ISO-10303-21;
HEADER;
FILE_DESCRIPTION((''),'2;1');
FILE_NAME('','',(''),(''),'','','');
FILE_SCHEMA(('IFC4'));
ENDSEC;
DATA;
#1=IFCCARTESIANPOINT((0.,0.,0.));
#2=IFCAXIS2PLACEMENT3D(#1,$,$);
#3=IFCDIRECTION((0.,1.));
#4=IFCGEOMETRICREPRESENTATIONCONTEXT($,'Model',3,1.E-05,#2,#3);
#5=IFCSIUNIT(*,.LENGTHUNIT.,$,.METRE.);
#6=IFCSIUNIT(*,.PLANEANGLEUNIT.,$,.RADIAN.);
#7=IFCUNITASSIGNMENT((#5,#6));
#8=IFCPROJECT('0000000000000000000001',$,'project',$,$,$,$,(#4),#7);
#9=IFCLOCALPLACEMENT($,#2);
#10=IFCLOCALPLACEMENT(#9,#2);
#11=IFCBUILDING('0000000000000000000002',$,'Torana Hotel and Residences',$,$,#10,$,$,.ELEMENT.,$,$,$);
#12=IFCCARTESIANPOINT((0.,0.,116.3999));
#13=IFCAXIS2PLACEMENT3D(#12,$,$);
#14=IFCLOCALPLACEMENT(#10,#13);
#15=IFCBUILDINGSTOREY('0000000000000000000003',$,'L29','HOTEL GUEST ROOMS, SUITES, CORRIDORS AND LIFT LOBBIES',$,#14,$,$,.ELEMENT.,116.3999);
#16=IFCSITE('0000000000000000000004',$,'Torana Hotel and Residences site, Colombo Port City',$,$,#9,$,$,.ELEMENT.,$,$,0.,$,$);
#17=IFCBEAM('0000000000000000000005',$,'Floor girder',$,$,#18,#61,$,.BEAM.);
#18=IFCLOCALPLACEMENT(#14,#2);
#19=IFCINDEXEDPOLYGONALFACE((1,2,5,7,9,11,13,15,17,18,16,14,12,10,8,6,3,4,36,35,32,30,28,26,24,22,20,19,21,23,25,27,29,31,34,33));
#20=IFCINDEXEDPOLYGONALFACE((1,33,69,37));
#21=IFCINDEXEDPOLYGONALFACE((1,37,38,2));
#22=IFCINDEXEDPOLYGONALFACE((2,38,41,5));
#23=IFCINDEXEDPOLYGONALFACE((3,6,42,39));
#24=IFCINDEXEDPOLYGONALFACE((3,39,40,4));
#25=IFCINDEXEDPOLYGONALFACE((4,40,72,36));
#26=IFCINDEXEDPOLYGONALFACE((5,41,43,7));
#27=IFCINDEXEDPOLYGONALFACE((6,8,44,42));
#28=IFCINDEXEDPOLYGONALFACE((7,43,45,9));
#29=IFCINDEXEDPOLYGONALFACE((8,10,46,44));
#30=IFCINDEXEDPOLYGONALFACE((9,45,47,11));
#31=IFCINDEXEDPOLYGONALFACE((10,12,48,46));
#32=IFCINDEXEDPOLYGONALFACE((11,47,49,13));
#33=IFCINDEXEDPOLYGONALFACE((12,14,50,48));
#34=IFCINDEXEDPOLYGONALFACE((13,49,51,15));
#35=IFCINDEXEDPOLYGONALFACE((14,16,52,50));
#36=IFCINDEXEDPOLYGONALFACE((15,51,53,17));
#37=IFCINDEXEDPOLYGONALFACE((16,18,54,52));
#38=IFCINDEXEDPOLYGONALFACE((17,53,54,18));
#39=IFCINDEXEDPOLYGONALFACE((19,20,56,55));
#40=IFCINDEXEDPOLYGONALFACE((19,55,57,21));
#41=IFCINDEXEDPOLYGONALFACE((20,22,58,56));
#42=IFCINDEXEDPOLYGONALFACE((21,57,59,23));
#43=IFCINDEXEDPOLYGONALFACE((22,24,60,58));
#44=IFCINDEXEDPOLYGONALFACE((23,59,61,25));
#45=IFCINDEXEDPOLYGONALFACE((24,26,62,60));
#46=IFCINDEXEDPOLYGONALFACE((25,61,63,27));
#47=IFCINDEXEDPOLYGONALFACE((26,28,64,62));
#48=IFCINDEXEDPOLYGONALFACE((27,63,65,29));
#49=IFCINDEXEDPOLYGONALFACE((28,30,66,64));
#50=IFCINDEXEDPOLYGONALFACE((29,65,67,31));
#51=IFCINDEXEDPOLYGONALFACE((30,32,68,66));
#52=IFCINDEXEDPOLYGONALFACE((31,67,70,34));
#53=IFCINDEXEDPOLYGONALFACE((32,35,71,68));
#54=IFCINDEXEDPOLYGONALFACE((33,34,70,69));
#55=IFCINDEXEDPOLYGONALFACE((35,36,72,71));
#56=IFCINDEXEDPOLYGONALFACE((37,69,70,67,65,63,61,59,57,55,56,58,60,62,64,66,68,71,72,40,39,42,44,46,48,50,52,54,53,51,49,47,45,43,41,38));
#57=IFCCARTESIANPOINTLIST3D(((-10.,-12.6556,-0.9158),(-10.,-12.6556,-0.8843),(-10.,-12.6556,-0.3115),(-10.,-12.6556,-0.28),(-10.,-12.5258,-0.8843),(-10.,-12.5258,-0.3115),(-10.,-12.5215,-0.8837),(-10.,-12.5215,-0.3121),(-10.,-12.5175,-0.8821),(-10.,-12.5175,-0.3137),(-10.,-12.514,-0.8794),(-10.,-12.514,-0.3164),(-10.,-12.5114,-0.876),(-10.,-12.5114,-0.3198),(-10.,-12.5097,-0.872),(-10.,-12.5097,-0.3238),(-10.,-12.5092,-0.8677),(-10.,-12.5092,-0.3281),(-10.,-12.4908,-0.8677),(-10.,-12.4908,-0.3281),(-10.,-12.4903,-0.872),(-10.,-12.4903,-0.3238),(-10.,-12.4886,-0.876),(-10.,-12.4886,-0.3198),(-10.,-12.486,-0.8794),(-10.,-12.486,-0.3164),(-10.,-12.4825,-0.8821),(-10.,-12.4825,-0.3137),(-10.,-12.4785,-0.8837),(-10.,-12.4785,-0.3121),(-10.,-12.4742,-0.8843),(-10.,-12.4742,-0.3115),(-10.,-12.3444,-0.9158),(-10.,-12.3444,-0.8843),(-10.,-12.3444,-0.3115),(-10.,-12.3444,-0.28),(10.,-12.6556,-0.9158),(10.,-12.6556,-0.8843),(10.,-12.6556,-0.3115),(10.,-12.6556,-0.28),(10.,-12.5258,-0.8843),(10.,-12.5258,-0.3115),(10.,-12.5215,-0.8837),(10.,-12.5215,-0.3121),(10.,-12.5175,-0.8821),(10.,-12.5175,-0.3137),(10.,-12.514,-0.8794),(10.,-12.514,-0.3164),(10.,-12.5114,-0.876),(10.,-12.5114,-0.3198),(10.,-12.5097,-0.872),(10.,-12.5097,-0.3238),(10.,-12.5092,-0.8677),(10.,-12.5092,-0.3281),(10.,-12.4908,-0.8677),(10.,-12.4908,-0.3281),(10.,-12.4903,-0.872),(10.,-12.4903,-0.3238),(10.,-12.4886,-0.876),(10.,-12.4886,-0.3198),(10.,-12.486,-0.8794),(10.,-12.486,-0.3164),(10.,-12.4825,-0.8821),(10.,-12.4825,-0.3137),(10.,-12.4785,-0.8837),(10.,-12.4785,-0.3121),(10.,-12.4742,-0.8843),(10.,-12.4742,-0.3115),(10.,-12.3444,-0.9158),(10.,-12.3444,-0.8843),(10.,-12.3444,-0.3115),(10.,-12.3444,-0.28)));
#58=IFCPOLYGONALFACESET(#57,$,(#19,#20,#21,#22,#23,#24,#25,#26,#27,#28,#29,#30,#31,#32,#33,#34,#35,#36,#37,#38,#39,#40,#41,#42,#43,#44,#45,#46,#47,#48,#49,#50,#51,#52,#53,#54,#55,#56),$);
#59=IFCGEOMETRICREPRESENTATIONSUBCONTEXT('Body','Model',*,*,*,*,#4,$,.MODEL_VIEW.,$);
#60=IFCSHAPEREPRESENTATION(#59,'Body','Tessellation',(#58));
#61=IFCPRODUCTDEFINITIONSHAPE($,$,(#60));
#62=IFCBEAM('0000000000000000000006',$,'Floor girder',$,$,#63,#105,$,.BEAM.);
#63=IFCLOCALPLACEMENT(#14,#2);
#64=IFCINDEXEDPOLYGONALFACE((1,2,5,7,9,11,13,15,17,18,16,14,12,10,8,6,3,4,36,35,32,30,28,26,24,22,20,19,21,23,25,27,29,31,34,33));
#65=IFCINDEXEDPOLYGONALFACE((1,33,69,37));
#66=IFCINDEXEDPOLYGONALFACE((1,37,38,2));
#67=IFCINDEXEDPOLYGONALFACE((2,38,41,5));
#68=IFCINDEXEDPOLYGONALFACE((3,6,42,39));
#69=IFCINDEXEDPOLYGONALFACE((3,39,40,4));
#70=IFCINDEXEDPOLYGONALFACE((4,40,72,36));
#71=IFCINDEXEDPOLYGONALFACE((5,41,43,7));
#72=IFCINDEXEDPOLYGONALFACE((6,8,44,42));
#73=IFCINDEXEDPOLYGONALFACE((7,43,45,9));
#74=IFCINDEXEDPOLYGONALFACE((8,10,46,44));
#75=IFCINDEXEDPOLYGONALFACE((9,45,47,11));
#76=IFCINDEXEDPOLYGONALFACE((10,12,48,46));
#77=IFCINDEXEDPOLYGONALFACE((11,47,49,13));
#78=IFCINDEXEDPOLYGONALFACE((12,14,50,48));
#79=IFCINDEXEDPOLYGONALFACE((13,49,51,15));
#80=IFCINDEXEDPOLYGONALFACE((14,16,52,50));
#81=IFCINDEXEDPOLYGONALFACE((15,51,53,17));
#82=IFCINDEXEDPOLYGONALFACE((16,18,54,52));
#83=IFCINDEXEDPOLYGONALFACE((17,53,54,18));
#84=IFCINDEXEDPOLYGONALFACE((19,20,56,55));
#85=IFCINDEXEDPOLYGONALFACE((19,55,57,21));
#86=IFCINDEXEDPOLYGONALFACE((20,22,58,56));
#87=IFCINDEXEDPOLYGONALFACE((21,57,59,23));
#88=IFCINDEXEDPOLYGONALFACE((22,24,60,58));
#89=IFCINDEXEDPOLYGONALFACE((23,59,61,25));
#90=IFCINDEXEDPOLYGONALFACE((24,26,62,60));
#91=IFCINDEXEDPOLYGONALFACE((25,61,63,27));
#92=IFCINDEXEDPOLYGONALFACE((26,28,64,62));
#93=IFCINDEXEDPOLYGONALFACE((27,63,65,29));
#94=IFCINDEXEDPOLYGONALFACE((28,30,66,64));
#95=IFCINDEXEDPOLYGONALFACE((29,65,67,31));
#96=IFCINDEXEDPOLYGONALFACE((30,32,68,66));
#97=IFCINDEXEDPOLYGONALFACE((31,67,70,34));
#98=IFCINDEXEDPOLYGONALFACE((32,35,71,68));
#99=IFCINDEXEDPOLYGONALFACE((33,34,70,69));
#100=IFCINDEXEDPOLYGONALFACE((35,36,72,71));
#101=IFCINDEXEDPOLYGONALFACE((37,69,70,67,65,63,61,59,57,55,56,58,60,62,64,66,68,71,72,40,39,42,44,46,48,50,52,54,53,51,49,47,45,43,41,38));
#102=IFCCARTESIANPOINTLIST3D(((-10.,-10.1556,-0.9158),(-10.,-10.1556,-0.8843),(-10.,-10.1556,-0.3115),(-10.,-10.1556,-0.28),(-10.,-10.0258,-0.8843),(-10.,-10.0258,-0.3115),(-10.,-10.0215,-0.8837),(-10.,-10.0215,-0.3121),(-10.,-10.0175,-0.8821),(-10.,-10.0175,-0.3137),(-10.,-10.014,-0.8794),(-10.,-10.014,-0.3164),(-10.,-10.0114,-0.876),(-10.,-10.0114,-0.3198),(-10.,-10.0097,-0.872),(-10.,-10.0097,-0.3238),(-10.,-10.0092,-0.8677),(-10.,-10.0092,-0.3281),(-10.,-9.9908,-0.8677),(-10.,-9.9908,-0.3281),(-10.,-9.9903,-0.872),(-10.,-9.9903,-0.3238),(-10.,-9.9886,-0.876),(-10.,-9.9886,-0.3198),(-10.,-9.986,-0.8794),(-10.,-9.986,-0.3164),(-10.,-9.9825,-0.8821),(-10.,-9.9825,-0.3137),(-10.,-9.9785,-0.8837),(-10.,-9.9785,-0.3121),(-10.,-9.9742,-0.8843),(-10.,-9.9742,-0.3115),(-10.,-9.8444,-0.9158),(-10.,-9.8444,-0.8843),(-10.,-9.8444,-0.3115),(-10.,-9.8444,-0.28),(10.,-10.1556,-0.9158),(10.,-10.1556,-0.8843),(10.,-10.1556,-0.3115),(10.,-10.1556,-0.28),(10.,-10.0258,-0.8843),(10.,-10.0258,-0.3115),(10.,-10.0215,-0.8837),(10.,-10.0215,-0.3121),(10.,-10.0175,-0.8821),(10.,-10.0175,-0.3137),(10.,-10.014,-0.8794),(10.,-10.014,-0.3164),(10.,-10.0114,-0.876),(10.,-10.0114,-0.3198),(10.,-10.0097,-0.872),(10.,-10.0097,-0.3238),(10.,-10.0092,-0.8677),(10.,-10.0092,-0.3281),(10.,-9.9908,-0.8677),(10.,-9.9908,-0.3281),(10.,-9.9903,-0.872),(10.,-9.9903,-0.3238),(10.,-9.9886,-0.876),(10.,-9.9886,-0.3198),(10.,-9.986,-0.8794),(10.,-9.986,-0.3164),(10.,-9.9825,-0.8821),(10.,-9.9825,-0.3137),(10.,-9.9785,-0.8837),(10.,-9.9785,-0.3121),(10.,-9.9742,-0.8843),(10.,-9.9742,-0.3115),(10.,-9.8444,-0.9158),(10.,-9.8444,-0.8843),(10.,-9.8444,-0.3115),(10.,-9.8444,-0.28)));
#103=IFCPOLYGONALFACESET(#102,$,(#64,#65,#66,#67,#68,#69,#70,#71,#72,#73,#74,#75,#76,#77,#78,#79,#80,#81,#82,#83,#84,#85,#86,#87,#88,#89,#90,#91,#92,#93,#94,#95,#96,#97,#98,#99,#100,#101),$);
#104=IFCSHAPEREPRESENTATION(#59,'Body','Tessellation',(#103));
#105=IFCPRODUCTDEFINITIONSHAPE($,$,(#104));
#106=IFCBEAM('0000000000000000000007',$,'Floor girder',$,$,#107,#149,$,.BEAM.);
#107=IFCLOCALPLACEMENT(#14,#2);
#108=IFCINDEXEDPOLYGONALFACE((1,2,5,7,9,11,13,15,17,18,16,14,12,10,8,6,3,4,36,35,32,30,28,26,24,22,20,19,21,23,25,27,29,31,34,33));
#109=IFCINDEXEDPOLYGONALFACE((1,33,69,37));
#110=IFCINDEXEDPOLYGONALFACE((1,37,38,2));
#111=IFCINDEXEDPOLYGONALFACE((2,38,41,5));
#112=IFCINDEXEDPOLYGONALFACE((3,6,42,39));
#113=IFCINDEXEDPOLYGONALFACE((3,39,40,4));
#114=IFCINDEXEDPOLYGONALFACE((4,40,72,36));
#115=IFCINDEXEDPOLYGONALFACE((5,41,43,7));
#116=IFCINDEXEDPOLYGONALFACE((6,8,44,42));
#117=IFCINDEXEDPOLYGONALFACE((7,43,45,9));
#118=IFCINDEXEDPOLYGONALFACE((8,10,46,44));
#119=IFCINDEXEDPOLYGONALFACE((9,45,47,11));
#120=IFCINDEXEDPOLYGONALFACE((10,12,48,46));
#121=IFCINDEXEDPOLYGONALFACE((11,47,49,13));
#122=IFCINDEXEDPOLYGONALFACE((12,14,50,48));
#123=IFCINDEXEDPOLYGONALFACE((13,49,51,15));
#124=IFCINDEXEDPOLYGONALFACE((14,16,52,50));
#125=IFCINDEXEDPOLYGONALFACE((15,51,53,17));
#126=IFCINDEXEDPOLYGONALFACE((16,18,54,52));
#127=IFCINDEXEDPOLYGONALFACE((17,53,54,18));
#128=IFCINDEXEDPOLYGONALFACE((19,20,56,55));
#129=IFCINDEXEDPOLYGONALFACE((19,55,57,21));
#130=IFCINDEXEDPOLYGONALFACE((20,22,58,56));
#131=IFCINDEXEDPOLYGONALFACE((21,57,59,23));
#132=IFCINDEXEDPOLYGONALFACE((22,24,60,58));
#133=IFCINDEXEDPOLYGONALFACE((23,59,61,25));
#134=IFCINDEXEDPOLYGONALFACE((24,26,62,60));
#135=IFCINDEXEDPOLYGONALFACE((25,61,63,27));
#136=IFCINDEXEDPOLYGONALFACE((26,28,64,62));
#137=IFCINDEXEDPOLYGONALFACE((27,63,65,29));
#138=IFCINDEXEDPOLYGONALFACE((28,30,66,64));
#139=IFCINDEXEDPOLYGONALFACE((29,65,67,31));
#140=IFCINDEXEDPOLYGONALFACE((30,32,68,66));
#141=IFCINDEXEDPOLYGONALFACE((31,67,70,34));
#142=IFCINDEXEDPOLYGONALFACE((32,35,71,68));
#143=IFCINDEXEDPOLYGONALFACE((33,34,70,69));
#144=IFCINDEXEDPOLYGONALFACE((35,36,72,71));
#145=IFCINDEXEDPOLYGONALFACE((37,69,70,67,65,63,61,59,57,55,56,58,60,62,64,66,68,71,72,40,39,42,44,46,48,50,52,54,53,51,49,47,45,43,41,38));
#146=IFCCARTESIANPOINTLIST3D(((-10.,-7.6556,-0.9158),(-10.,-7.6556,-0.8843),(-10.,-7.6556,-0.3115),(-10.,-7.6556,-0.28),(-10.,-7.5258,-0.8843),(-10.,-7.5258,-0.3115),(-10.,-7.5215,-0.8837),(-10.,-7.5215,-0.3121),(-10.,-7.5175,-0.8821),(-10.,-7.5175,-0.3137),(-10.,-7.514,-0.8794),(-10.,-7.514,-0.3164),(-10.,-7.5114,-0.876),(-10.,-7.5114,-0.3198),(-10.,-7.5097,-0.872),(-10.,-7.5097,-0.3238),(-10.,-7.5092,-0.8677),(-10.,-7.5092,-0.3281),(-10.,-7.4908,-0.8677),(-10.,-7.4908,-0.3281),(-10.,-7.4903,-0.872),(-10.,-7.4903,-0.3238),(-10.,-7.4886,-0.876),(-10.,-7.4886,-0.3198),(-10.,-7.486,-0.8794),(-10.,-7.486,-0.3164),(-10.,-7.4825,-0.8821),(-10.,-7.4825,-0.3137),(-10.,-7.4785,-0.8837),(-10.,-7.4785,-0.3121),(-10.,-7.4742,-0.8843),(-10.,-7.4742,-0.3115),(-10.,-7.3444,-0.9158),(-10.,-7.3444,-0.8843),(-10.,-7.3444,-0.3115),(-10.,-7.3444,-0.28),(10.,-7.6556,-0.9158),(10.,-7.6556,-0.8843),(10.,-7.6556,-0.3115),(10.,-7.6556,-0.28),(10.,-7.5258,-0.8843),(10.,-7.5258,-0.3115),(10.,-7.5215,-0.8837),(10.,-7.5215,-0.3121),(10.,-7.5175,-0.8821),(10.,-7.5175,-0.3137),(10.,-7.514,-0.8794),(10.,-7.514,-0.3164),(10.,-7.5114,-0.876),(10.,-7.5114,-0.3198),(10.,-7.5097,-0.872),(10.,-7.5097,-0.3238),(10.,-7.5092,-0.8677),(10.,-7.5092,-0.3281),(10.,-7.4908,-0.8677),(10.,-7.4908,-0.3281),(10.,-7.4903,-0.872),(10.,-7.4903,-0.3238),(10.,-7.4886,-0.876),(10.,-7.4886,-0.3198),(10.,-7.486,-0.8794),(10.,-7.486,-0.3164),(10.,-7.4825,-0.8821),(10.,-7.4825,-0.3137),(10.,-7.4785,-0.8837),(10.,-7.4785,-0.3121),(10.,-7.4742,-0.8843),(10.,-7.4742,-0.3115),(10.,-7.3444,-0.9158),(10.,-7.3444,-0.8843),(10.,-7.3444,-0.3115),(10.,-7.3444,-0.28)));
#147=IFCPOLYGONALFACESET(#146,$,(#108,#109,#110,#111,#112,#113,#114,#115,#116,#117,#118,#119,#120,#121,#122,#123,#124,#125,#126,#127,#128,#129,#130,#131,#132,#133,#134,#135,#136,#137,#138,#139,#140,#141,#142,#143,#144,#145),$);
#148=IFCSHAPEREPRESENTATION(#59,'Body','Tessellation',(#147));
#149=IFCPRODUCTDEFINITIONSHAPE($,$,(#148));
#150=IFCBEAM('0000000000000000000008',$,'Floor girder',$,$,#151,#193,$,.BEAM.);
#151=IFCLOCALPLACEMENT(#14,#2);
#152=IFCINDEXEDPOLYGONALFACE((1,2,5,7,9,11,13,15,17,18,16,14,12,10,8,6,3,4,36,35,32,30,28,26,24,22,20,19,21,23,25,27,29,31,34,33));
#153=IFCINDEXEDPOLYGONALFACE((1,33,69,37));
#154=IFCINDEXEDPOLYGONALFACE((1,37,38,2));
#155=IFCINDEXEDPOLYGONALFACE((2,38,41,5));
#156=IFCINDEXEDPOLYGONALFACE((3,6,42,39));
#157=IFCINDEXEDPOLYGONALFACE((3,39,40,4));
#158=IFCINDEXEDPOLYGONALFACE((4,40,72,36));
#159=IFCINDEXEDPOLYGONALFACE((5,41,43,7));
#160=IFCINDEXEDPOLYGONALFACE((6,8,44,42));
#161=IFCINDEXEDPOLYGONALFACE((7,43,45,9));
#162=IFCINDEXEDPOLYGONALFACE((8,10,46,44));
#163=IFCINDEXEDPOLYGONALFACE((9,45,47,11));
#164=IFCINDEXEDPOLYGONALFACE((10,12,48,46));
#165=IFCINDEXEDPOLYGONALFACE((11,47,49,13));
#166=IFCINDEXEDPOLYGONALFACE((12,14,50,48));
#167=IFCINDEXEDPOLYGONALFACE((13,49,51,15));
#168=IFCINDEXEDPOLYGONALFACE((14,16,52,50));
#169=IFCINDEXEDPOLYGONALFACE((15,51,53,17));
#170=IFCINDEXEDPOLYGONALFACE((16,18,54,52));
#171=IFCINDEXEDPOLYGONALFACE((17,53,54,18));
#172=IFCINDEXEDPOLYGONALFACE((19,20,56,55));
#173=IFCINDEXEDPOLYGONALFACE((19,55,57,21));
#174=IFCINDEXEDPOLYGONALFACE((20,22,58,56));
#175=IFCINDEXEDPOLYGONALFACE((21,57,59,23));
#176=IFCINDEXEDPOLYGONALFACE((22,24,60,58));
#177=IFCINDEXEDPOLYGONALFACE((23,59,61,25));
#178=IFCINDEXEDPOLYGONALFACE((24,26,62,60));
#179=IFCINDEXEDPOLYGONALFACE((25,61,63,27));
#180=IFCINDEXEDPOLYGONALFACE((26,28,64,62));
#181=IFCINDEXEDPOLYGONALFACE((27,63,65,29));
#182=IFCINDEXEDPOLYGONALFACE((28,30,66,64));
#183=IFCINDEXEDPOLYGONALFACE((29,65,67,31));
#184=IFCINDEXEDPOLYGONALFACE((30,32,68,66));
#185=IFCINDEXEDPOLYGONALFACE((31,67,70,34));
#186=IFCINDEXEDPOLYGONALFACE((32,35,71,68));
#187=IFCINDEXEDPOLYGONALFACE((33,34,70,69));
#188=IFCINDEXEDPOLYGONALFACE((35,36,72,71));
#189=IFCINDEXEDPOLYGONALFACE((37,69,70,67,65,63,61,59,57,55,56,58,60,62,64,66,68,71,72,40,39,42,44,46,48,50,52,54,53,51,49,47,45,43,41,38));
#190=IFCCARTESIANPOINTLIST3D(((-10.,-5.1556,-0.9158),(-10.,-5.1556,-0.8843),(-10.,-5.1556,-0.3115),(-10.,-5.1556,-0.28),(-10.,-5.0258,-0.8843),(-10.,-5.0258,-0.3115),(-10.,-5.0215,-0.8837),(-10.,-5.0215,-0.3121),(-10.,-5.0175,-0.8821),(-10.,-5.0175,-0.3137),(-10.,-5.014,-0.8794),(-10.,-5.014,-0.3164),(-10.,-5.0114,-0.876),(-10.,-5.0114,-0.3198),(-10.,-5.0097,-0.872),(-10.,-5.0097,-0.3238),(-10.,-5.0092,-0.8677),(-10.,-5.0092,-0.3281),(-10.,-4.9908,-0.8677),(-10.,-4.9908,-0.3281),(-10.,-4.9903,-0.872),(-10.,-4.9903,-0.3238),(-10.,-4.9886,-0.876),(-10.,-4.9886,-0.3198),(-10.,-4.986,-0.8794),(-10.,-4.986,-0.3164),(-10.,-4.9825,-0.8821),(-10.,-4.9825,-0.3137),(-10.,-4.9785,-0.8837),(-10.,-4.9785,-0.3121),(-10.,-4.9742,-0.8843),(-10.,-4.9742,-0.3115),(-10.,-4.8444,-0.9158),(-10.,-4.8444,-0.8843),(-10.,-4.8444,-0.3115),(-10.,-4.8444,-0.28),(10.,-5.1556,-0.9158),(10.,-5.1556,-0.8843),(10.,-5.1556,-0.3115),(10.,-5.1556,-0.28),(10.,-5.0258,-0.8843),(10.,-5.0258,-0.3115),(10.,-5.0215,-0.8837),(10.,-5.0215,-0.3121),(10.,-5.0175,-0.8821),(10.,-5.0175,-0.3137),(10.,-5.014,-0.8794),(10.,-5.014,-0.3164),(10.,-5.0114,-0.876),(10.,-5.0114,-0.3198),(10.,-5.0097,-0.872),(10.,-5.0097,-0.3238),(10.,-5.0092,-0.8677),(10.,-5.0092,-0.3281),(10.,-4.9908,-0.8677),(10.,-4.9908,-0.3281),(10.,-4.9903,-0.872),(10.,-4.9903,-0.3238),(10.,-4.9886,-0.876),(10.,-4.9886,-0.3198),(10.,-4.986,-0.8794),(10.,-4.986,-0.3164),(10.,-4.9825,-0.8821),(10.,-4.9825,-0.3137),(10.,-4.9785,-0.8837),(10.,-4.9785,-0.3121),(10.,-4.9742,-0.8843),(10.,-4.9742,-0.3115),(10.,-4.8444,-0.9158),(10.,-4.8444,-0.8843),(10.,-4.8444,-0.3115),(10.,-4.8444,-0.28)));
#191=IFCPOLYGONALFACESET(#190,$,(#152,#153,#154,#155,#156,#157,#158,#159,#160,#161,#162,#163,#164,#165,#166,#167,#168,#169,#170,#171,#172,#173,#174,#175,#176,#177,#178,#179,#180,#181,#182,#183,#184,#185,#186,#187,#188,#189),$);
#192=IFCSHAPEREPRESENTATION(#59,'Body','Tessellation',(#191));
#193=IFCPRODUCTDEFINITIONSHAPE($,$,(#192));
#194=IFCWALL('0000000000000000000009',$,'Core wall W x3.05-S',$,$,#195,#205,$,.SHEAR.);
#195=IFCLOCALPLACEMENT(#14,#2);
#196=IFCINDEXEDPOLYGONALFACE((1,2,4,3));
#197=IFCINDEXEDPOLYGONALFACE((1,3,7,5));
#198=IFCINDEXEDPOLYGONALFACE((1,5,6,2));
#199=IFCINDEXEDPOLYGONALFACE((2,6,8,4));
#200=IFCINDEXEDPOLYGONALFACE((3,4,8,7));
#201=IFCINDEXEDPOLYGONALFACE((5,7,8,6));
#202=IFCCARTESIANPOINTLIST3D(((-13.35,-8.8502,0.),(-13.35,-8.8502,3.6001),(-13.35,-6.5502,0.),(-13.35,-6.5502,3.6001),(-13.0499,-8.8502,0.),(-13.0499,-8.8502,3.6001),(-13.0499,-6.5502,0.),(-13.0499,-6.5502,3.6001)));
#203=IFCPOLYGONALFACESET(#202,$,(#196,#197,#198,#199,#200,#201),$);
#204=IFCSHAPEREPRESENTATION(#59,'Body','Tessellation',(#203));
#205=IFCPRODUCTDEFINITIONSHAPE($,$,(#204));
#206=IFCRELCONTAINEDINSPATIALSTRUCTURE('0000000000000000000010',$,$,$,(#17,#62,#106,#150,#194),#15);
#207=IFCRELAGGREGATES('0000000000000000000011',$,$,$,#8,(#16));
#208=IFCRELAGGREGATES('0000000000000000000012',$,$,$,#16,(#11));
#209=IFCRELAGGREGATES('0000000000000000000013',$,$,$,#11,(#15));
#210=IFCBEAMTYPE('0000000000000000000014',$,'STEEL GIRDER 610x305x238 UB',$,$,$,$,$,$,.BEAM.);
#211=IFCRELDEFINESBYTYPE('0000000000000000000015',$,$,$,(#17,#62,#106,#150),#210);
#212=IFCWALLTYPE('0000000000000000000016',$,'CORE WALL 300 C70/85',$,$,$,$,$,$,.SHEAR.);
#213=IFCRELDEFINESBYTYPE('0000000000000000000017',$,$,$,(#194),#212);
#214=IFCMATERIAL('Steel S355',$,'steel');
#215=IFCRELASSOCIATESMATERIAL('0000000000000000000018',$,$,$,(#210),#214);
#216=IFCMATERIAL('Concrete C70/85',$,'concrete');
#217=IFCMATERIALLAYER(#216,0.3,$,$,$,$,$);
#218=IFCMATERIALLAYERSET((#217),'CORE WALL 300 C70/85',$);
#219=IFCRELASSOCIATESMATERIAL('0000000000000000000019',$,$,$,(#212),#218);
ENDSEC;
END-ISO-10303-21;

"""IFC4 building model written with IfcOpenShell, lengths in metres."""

from ifc_helpers import new_model, si_unit, direction, frame, frame_2d, origin, origin_2d, place, context, subcontext, project, spatial, rectangle, i_section, extrude, material, layer, layer_set, material_profile, profile_set, type_object, element, save


model = new_model("IFC4")

# Units and contexts
model_context = context("Model", 3, precision=1e-05, world=origin(), true_north=direction((0.0, 1.0)))
body_context = subcontext(model_context, "Body", "Model", "MODEL_VIEW")
ifc_project = project(units=[si_unit("LENGTHUNIT", "METRE"), si_unit("PLANEANGLEUNIT", "RADIAN")], contexts=[model_context])

# Site, building, storey
site_placement = place(None, origin())
site = spatial("IfcSite", under=ifc_project, at=site_placement, Name="Torana Hotel and Residences site, Colombo Port City", CompositionType="ELEMENT", RefElevation=0.0)
building_placement = place(site_placement, origin())
building = spatial("IfcBuilding", under=site, at=building_placement, Name="Torana Hotel and Residences", CompositionType="ELEMENT")
storey_placement = place(building_placement, frame((0.0, 0.0, 116.3999)))
storey = spatial("IfcBuildingStorey", under=building, at=storey_placement, Name="L29", Description="HOTEL GUEST ROOMS, SUITES, CORRIDORS AND LIFT LOBBIES", CompositionType="ELEMENT", Elevation=116.3999)

# Beams
ifc_material_1 = material(Name="Steel S355", Category="steel")
ifc_material_profile = material_profile(ifc_material_1, i_section(OverallWidth=0.3113, OverallDepth=0.6357, WebThickness=0.0183, FlangeThickness=0.0315, FilletRadius=0.0166, at=origin_2d()), Name="610x305x238 UB")
ifc_profile_set = profile_set([ifc_material_profile], Name="Steel S355")
beam_type = type_object("IfcBeamType", Name="STEEL GIRDER 610x305x238 UB", PredefinedType="BEAM", material=ifc_profile_set)
for number, where, z_axis, x_axis, name in (
    (1, (-10.0, -12.5, -0.5979), (1.0, 0.0, 0.0), (0.0, 1.0, 0.0), "Floor girder"),
    (2, (-10.0, -10.0, -0.5979), (1.0, 0.0, 0.0), (0.0, 1.0, 0.0), "Floor girder"),
    (3, (-10.0, -7.5, -0.5979), (1.0, 0.0, 0.0), (0.0, 1.0, 0.0), "Floor girder"),
    (4, (-10.0, -5.0, -0.5979), (1.0, 0.0, 0.0), (0.0, 1.0, 0.0), "Floor girder"),
):
    element("IfcBeam", number, at=place(storey_placement, frame(where, z_axis=z_axis, x_axis=x_axis)), inside=storey, type_object=beam_type, Name=name, PredefinedType="BEAM", context=body_context, shape_type="SweptSolid", body=[
        extrude(i_section(OverallWidth=0.3113, OverallDepth=0.6357, WebThickness=0.0183, FlangeThickness=0.0315, FilletRadius=0.0166, at=origin_2d()), origin(), (0.0, 0.0, 1.0), 20.0),
    ])

# Wall
ifc_material_2 = material(Name="Concrete C70/85", Category="concrete")
ifc_layer_1 = layer(ifc_material_2, 0.3)
ifc_layer_set_1 = layer_set([ifc_layer_1], Name="CORE WALL 300 C70/85")
wall_type_1 = type_object("IfcWallType", Name="CORE WALL 300 C70/85", PredefinedType="SHEAR", material=ifc_layer_set_1)
wall_1_placement = place(storey_placement, frame((-13.2, -8.8501, 0.0), z_axis=(0.0, 0.0, 1.0), x_axis=(0.0, 1.0, 0.0)))
element("IfcWall", 5, at=wall_1_placement, inside=storey, type_object=wall_type_1, Name="Core wall W x3.05-S", PredefinedType="SHEAR", context=body_context, shape_type="SweptSolid", body=[
    extrude(rectangle(XDim=2.3, YDim=0.3, at=frame_2d((1.1499, 0.0))), origin(), (0.0, 0.0, 1.0), 3.6001),
])

save(model, "model.ifc")
